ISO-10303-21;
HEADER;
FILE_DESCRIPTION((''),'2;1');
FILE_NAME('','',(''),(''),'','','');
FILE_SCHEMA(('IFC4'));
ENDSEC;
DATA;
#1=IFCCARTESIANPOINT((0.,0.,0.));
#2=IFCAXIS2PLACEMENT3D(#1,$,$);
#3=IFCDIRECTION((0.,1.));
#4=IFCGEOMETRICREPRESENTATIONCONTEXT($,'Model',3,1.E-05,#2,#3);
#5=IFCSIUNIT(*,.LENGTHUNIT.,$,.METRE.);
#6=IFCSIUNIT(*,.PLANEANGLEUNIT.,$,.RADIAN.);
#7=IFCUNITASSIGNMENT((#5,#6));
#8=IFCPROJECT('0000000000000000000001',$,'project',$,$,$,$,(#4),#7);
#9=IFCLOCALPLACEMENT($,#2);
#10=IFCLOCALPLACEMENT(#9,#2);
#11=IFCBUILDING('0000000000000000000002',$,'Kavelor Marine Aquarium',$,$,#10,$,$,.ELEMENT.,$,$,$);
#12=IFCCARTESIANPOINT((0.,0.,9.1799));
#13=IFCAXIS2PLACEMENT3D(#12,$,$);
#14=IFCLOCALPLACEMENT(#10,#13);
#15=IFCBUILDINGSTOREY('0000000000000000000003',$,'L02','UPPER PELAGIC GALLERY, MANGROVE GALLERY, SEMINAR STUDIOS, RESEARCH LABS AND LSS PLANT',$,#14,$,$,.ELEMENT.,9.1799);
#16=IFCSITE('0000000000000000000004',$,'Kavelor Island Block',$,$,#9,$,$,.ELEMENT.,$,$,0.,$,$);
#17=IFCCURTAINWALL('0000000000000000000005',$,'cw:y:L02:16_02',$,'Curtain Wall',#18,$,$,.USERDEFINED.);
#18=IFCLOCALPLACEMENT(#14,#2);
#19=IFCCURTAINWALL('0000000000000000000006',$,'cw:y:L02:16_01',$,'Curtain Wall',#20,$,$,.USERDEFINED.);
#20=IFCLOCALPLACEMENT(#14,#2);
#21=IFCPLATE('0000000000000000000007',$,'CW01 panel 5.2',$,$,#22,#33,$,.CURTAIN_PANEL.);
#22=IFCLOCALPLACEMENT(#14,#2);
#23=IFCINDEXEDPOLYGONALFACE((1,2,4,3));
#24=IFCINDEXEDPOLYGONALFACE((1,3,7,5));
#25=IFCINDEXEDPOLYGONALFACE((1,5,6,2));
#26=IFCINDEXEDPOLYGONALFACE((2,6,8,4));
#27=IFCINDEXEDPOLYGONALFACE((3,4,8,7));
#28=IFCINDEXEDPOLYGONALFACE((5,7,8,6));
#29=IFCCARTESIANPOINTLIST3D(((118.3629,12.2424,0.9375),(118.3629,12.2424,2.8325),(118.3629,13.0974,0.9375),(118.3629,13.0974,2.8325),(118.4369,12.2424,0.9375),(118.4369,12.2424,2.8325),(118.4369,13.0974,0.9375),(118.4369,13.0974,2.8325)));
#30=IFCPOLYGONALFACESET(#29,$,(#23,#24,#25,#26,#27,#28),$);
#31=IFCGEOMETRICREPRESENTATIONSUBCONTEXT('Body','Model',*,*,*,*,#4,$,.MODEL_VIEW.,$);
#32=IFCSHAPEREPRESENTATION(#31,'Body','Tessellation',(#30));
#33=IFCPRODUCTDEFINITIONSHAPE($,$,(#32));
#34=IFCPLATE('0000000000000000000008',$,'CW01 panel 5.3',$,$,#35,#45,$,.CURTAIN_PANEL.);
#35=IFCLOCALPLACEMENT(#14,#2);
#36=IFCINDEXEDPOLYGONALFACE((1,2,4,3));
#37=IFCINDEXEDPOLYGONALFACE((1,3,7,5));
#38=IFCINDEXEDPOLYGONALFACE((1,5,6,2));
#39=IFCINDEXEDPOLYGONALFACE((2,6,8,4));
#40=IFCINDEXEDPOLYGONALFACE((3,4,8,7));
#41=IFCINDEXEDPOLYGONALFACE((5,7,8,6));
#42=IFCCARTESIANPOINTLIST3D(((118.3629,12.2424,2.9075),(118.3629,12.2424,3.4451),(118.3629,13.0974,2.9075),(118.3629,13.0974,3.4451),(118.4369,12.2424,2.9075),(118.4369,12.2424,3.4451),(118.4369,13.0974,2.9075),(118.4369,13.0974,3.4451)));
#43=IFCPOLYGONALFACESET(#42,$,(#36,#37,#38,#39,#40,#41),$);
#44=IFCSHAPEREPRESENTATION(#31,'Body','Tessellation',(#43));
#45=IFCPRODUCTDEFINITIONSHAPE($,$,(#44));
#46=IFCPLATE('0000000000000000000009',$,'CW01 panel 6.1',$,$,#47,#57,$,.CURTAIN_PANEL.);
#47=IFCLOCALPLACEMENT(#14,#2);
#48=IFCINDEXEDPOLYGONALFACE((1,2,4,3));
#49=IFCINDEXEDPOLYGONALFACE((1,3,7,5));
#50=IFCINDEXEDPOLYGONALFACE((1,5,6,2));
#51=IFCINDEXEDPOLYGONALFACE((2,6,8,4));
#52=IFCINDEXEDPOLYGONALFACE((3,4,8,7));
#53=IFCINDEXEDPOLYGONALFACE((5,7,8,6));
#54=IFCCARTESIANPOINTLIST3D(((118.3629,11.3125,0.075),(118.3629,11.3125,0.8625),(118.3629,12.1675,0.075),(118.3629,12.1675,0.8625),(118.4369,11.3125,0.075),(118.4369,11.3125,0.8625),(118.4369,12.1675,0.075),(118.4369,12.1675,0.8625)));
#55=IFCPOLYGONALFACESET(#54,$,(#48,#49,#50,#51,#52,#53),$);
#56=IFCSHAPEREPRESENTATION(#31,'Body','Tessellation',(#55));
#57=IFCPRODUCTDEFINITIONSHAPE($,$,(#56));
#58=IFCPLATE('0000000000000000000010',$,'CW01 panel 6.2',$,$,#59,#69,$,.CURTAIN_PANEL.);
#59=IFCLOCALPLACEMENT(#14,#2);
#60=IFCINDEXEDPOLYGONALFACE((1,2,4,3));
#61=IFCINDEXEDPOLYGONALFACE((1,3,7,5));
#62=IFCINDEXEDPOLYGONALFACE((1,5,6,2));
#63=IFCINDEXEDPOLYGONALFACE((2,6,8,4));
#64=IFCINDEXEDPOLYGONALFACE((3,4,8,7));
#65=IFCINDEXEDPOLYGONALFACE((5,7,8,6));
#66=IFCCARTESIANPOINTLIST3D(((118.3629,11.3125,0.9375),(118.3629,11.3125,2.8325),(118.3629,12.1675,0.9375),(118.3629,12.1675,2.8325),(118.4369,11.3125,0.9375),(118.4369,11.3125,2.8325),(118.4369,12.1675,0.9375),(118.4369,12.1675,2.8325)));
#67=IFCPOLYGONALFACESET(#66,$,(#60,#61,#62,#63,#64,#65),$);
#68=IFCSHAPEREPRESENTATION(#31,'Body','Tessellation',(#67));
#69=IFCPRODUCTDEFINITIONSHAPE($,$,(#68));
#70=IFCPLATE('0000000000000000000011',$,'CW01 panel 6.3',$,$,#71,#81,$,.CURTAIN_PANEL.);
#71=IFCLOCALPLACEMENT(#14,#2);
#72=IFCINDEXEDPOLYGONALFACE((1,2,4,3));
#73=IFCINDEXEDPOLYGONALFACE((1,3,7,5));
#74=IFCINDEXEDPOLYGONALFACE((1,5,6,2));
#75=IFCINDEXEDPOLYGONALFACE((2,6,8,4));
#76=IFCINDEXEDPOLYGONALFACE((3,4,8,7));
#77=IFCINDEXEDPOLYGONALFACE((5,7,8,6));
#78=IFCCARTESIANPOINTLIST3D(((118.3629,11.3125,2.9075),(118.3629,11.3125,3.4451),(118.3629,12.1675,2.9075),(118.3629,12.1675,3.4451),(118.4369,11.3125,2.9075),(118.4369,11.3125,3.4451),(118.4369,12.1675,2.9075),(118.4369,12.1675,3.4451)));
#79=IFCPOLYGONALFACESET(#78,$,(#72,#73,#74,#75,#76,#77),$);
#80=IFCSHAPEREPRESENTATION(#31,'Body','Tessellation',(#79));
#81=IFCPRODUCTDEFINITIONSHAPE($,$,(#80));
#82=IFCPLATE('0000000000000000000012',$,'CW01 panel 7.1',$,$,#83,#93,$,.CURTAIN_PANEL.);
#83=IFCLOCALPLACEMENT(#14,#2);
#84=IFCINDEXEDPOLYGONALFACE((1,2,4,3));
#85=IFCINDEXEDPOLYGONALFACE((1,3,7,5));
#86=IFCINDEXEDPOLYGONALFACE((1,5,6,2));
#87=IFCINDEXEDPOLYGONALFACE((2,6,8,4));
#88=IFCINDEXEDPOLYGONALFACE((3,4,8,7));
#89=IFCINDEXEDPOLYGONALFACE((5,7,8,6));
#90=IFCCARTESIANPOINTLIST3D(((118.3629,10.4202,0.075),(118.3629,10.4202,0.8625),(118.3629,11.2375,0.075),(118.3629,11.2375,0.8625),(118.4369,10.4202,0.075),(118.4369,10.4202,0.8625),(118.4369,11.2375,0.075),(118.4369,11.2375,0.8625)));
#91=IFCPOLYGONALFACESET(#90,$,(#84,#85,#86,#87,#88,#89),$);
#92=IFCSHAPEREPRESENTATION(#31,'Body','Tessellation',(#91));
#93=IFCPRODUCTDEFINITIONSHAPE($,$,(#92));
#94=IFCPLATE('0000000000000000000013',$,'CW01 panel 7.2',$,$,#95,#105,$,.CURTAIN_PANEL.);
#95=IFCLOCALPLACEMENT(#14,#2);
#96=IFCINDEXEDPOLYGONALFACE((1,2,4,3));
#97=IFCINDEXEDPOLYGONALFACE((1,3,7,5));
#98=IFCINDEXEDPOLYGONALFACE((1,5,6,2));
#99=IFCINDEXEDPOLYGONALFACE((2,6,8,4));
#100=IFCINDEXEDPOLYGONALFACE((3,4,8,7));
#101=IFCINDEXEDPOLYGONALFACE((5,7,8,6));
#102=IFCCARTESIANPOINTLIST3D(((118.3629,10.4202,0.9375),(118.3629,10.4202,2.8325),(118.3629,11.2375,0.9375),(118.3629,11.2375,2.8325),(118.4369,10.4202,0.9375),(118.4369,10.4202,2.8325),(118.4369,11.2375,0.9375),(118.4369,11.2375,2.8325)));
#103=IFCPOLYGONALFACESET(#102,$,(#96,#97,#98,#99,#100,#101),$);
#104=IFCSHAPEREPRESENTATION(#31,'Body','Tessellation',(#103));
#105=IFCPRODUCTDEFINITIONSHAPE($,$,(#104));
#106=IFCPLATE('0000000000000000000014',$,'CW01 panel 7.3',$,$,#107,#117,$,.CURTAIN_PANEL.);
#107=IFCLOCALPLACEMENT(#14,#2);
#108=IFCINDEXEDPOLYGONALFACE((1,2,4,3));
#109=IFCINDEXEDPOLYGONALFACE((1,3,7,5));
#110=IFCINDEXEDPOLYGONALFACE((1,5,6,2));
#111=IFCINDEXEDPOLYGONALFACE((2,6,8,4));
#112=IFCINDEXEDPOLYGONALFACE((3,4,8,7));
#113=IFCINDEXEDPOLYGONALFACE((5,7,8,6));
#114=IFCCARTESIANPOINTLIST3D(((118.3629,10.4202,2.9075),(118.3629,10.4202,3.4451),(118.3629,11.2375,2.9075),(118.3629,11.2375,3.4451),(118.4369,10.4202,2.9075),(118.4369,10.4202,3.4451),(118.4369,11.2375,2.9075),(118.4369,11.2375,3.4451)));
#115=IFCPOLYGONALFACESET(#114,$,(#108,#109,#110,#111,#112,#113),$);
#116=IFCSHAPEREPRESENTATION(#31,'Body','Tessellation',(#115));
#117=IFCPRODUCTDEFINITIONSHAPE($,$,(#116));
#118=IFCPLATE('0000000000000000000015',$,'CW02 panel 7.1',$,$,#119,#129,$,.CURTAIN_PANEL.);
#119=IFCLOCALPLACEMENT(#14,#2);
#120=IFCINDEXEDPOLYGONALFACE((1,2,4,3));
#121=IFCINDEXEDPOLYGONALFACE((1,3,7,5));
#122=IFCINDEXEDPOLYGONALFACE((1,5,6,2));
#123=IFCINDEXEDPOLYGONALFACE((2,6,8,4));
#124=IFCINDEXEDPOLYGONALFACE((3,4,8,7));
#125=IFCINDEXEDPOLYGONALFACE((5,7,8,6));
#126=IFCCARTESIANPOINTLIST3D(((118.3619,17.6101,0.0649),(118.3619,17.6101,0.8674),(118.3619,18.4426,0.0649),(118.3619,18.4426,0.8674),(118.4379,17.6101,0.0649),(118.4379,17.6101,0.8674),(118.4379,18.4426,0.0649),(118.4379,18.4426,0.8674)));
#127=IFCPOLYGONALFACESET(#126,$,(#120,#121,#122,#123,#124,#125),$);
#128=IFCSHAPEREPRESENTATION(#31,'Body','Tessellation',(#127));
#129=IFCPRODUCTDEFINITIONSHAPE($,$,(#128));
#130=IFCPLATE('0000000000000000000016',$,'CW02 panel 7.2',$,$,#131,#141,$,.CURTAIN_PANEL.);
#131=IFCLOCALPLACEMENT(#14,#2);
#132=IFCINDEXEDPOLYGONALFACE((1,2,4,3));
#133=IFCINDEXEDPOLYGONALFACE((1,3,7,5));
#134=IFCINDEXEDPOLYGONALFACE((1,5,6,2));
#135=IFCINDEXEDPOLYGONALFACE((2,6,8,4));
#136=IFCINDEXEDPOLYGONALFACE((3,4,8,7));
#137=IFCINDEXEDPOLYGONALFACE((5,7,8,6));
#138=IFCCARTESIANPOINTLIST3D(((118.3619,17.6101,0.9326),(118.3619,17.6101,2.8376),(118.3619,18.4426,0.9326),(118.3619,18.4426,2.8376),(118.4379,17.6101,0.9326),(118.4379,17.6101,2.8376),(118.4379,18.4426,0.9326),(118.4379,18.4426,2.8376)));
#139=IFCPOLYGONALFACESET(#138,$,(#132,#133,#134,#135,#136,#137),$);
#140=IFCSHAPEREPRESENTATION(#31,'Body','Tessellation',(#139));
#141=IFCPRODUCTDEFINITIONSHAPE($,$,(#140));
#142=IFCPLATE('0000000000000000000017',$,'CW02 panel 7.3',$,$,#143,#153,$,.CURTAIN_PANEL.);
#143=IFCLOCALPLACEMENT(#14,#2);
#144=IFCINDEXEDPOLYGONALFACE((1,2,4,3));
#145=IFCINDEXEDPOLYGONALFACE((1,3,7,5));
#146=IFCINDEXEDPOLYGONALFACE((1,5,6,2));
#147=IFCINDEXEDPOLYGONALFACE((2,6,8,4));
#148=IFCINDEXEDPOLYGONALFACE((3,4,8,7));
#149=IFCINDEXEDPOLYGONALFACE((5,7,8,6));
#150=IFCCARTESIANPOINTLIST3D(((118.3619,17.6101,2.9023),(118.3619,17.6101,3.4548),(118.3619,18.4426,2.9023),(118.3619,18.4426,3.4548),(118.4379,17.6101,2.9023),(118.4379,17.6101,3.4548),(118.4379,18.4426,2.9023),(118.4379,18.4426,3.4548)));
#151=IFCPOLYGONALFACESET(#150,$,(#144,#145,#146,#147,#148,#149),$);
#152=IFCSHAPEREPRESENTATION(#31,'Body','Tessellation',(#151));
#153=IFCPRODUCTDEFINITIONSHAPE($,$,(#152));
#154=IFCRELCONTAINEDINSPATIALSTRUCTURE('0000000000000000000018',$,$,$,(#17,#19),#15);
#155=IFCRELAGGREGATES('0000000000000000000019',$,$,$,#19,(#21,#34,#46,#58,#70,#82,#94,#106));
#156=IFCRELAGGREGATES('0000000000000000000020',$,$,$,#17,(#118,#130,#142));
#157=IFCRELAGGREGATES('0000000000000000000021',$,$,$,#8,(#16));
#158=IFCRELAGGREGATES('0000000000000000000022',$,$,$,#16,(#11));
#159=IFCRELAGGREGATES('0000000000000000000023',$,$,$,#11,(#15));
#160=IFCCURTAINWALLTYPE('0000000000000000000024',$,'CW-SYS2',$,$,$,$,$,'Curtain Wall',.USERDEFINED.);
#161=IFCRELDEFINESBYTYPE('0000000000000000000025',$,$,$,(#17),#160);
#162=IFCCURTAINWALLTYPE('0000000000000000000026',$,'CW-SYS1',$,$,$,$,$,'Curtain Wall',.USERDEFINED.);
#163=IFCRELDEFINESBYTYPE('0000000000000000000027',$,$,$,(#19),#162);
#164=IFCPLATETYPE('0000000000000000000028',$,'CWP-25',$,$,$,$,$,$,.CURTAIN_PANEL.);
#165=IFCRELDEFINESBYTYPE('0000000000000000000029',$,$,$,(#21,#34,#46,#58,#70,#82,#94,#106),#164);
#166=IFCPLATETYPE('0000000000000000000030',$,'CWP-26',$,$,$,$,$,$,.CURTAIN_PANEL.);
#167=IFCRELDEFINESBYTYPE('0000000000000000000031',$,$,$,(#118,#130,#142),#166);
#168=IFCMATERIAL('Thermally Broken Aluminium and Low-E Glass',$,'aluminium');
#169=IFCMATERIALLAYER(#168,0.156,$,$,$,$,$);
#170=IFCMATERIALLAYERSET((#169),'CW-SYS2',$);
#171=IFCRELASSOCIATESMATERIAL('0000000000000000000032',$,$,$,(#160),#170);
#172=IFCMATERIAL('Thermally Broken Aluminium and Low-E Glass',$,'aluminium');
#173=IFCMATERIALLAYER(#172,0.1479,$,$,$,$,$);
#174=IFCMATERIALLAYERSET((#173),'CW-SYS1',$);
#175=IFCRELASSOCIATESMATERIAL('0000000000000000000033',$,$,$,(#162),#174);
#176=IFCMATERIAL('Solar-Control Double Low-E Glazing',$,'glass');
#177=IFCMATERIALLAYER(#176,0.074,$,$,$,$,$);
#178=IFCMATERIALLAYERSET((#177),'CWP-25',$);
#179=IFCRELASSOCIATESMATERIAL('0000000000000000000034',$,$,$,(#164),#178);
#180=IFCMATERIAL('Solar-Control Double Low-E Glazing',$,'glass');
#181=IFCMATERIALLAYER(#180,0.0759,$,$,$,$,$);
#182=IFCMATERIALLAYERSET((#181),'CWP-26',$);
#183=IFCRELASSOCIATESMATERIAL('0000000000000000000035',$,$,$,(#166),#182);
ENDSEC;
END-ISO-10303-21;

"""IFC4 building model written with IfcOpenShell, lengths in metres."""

from ifc_helpers import new_model, si_unit, direction, frame, origin, origin_2d, place, context, subcontext, project, spatial, rectangle, extrude, material, layer, layer_set, type_object, element, aggregate, save


model = new_model("IFC4")

# Units and contexts
model_context = context("Model", 3, precision=1e-05, world=origin(), true_north=direction((0.0, 1.0)))
body_context = subcontext(model_context, "Body", "Model", "MODEL_VIEW")
ifc_project = project(units=[si_unit("LENGTHUNIT", "METRE"), si_unit("PLANEANGLEUNIT", "RADIAN")], contexts=[model_context])

# Site, building, storey
site_placement = place(None, origin())
site = spatial("IfcSite", under=ifc_project, at=site_placement, Name="Kavelor Island Block", CompositionType="ELEMENT", RefElevation=0.0)
building_placement = place(site_placement, origin())
building = spatial("IfcBuilding", under=site, at=building_placement, Name="Kavelor Marine Aquarium", CompositionType="ELEMENT")
storey_placement = place(building_placement, frame((0.0, 0.0, 9.1799)))
storey = spatial("IfcBuildingStorey", under=building, at=storey_placement, Name="L02", Description="UPPER PELAGIC GALLERY, MANGROVE GALLERY, SEMINAR STUDIOS, RESEARCH LABS AND LSS PLANT", CompositionType="ELEMENT", Elevation=9.1799)

# Curtain wall
ifc_material_1 = material(Name="Thermally Broken Aluminium and Low-E Glass", Category="aluminium")
ifc_layer_1 = layer(ifc_material_1, 0.156)
ifc_layer_set_1 = layer_set([ifc_layer_1], Name="CW-SYS2")
curtain_wall_type_1 = type_object("IfcCurtainWallType", Name="CW-SYS2", ElementType="Curtain Wall", PredefinedType="USERDEFINED", material=ifc_layer_set_1)
curtain_wall_1_placement = place(storey_placement, origin())
curtain_wall_1 = element("IfcCurtainWall", 1, at=curtain_wall_1_placement, inside=storey, type_object=curtain_wall_type_1, Name="cw:y:L02:16_02", ObjectType="Curtain Wall", PredefinedType="USERDEFINED")

# Curtain wall
ifc_material_2 = material(Name="Thermally Broken Aluminium and Low-E Glass", Category="aluminium")
ifc_layer_2 = layer(ifc_material_2, 0.1479)
ifc_layer_set_2 = layer_set([ifc_layer_2], Name="CW-SYS1")
curtain_wall_type_2 = type_object("IfcCurtainWallType", Name="CW-SYS1", ElementType="Curtain Wall", PredefinedType="USERDEFINED", material=ifc_layer_set_2)
curtain_wall_2_placement = place(storey_placement, origin())
curtain_wall_2 = element("IfcCurtainWall", 2, at=curtain_wall_2_placement, inside=storey, type_object=curtain_wall_type_2, Name="cw:y:L02:16_01", ObjectType="Curtain Wall", PredefinedType="USERDEFINED")

# Plates
ifc_material_3 = material(Name="Solar-Control Double Low-E Glazing", Category="glass")
ifc_layer_3 = layer(ifc_material_3, 0.074)
ifc_layer_set_3 = layer_set([ifc_layer_3], Name="CWP-25")
plate_type_1 = type_object("IfcPlateType", Name="CWP-25", PredefinedType="CURTAIN_PANEL", material=ifc_layer_set_3)
plate_1_placement = place(storey_placement, frame((118.3999, 12.6699, 0.9375), z_axis=(0.0, 0.0, 1.0), x_axis=(0.0, -1.0, 0.0)))
plate_1 = element("IfcPlate", 3, at=plate_1_placement, type_object=plate_type_1, Name="CW01 panel 5.2", PredefinedType="CURTAIN_PANEL", context=body_context, shape_type="SweptSolid", body=[
    extrude(rectangle(XDim=0.855, YDim=0.074, at=origin_2d()), origin(), (0.0, 0.0, 1.0), 1.895),
])
plate_2_placement = place(storey_placement, frame((118.3999, 12.6699, 2.9075), z_axis=(0.0, 0.0, 1.0), x_axis=(0.0, -1.0, 0.0)))
plate_2 = element("IfcPlate", 4, at=plate_2_placement, type_object=plate_type_1, Name="CW01 panel 5.3", PredefinedType="CURTAIN_PANEL", context=body_context, shape_type="SweptSolid", body=[
    extrude(rectangle(XDim=0.855, YDim=0.074, at=origin_2d()), origin(), (0.0, 0.0, 1.0), 0.5376),
])
plate_3_placement = place(storey_placement, frame((118.3999, 11.74, 0.075), z_axis=(0.0, 0.0, 1.0), x_axis=(0.0, -1.0, 0.0)))
plate_3 = element("IfcPlate", 5, at=plate_3_placement, type_object=plate_type_1, Name="CW01 panel 6.1", PredefinedType="CURTAIN_PANEL", context=body_context, shape_type="SweptSolid", body=[
    extrude(rectangle(XDim=0.855, YDim=0.074, at=origin_2d()), origin(), (0.0, 0.0, 1.0), 0.7876),
])
plate_4_placement = place(storey_placement, frame((118.3999, 11.74, 0.9375), z_axis=(0.0, 0.0, 1.0), x_axis=(0.0, -1.0, 0.0)))
plate_4 = element("IfcPlate", 6, at=plate_4_placement, type_object=plate_type_1, Name="CW01 panel 6.2", PredefinedType="CURTAIN_PANEL", context=body_context, shape_type="SweptSolid", body=[
    extrude(rectangle(XDim=0.855, YDim=0.074, at=origin_2d()), origin(), (0.0, 0.0, 1.0), 1.895),
])
plate_5_placement = place(storey_placement, frame((118.3999, 11.74, 2.9075), z_axis=(0.0, 0.0, 1.0), x_axis=(0.0, -1.0, 0.0)))
plate_5 = element("IfcPlate", 7, at=plate_5_placement, type_object=plate_type_1, Name="CW01 panel 6.3", PredefinedType="CURTAIN_PANEL", context=body_context, shape_type="SweptSolid", body=[
    extrude(rectangle(XDim=0.855, YDim=0.074, at=origin_2d()), origin(), (0.0, 0.0, 1.0), 0.5376),
])
plate_6_placement = place(storey_placement, frame((118.3999, 10.8289, 0.075), z_axis=(0.0, 0.0, 1.0), x_axis=(0.0, -1.0, 0.0)))
plate_6 = element("IfcPlate", 8, at=plate_6_placement, type_object=plate_type_1, Name="CW01 panel 7.1", PredefinedType="CURTAIN_PANEL", context=body_context, shape_type="SweptSolid", body=[
    extrude(rectangle(XDim=0.8174, YDim=0.074, at=origin_2d()), origin(), (0.0, 0.0, 1.0), 0.7876),
])
plate_7_placement = place(storey_placement, frame((118.3999, 10.8289, 0.9375), z_axis=(0.0, 0.0, 1.0), x_axis=(0.0, -1.0, 0.0)))
plate_7 = element("IfcPlate", 9, at=plate_7_placement, type_object=plate_type_1, Name="CW01 panel 7.2", PredefinedType="CURTAIN_PANEL", context=body_context, shape_type="SweptSolid", body=[
    extrude(rectangle(XDim=0.8174, YDim=0.074, at=origin_2d()), origin(), (0.0, 0.0, 1.0), 1.895),
])
plate_8_placement = place(storey_placement, frame((118.3999, 10.8289, 2.9075), z_axis=(0.0, 0.0, 1.0), x_axis=(0.0, -1.0, 0.0)))
plate_8 = element("IfcPlate", 10, at=plate_8_placement, type_object=plate_type_1, Name="CW01 panel 7.3", PredefinedType="CURTAIN_PANEL", context=body_context, shape_type="SweptSolid", body=[
    extrude(rectangle(XDim=0.8174, YDim=0.074, at=origin_2d()), origin(), (0.0, 0.0, 1.0), 0.5376),
])
aggregate(curtain_wall_2, [plate_1, plate_2, plate_3, plate_4, plate_5, plate_6, plate_7, plate_8])
ifc_material_4 = material(Name="Solar-Control Double Low-E Glazing", Category="glass")
ifc_layer_4 = layer(ifc_material_4, 0.0759)
ifc_layer_set_4 = layer_set([ifc_layer_4], Name="CWP-26")
plate_type_2 = type_object("IfcPlateType", Name="CWP-26", PredefinedType="CURTAIN_PANEL", material=ifc_layer_set_4)
plate_9_placement = place(storey_placement, frame((118.3999, 18.0264, 0.0649), z_axis=(0.0, 0.0, 1.0), x_axis=(0.0, -1.0, 0.0)))
plate_9 = element("IfcPlate", 11, at=plate_9_placement, type_object=plate_type_2, Name="CW02 panel 7.1", PredefinedType="CURTAIN_PANEL", context=body_context, shape_type="SweptSolid", body=[
    extrude(rectangle(XDim=0.8325, YDim=0.0759, at=origin_2d()), origin(), (0.0, 0.0, 1.0), 0.8025),
])
plate_10_placement = place(storey_placement, frame((118.3999, 18.0264, 0.9326), z_axis=(0.0, 0.0, 1.0), x_axis=(0.0, -1.0, 0.0)))
plate_10 = element("IfcPlate", 12, at=plate_10_placement, type_object=plate_type_2, Name="CW02 panel 7.2", PredefinedType="CURTAIN_PANEL", context=body_context, shape_type="SweptSolid", body=[
    extrude(rectangle(XDim=0.8325, YDim=0.0759, at=origin_2d()), origin(), (0.0, 0.0, 1.0), 1.905),
])
plate_11_placement = place(storey_placement, frame((118.3999, 18.0264, 2.9023), z_axis=(0.0, 0.0, 1.0), x_axis=(0.0, -1.0, 0.0)))
plate_11 = element("IfcPlate", 13, at=plate_11_placement, type_object=plate_type_2, Name="CW02 panel 7.3", PredefinedType="CURTAIN_PANEL", context=body_context, shape_type="SweptSolid", body=[
    extrude(rectangle(XDim=0.8325, YDim=0.0759, at=origin_2d()), origin(), (0.0, 0.0, 1.0), 0.5525),
])
aggregate(curtain_wall_1, [plate_9, plate_10, plate_11])

save(model, "model.ifc")
